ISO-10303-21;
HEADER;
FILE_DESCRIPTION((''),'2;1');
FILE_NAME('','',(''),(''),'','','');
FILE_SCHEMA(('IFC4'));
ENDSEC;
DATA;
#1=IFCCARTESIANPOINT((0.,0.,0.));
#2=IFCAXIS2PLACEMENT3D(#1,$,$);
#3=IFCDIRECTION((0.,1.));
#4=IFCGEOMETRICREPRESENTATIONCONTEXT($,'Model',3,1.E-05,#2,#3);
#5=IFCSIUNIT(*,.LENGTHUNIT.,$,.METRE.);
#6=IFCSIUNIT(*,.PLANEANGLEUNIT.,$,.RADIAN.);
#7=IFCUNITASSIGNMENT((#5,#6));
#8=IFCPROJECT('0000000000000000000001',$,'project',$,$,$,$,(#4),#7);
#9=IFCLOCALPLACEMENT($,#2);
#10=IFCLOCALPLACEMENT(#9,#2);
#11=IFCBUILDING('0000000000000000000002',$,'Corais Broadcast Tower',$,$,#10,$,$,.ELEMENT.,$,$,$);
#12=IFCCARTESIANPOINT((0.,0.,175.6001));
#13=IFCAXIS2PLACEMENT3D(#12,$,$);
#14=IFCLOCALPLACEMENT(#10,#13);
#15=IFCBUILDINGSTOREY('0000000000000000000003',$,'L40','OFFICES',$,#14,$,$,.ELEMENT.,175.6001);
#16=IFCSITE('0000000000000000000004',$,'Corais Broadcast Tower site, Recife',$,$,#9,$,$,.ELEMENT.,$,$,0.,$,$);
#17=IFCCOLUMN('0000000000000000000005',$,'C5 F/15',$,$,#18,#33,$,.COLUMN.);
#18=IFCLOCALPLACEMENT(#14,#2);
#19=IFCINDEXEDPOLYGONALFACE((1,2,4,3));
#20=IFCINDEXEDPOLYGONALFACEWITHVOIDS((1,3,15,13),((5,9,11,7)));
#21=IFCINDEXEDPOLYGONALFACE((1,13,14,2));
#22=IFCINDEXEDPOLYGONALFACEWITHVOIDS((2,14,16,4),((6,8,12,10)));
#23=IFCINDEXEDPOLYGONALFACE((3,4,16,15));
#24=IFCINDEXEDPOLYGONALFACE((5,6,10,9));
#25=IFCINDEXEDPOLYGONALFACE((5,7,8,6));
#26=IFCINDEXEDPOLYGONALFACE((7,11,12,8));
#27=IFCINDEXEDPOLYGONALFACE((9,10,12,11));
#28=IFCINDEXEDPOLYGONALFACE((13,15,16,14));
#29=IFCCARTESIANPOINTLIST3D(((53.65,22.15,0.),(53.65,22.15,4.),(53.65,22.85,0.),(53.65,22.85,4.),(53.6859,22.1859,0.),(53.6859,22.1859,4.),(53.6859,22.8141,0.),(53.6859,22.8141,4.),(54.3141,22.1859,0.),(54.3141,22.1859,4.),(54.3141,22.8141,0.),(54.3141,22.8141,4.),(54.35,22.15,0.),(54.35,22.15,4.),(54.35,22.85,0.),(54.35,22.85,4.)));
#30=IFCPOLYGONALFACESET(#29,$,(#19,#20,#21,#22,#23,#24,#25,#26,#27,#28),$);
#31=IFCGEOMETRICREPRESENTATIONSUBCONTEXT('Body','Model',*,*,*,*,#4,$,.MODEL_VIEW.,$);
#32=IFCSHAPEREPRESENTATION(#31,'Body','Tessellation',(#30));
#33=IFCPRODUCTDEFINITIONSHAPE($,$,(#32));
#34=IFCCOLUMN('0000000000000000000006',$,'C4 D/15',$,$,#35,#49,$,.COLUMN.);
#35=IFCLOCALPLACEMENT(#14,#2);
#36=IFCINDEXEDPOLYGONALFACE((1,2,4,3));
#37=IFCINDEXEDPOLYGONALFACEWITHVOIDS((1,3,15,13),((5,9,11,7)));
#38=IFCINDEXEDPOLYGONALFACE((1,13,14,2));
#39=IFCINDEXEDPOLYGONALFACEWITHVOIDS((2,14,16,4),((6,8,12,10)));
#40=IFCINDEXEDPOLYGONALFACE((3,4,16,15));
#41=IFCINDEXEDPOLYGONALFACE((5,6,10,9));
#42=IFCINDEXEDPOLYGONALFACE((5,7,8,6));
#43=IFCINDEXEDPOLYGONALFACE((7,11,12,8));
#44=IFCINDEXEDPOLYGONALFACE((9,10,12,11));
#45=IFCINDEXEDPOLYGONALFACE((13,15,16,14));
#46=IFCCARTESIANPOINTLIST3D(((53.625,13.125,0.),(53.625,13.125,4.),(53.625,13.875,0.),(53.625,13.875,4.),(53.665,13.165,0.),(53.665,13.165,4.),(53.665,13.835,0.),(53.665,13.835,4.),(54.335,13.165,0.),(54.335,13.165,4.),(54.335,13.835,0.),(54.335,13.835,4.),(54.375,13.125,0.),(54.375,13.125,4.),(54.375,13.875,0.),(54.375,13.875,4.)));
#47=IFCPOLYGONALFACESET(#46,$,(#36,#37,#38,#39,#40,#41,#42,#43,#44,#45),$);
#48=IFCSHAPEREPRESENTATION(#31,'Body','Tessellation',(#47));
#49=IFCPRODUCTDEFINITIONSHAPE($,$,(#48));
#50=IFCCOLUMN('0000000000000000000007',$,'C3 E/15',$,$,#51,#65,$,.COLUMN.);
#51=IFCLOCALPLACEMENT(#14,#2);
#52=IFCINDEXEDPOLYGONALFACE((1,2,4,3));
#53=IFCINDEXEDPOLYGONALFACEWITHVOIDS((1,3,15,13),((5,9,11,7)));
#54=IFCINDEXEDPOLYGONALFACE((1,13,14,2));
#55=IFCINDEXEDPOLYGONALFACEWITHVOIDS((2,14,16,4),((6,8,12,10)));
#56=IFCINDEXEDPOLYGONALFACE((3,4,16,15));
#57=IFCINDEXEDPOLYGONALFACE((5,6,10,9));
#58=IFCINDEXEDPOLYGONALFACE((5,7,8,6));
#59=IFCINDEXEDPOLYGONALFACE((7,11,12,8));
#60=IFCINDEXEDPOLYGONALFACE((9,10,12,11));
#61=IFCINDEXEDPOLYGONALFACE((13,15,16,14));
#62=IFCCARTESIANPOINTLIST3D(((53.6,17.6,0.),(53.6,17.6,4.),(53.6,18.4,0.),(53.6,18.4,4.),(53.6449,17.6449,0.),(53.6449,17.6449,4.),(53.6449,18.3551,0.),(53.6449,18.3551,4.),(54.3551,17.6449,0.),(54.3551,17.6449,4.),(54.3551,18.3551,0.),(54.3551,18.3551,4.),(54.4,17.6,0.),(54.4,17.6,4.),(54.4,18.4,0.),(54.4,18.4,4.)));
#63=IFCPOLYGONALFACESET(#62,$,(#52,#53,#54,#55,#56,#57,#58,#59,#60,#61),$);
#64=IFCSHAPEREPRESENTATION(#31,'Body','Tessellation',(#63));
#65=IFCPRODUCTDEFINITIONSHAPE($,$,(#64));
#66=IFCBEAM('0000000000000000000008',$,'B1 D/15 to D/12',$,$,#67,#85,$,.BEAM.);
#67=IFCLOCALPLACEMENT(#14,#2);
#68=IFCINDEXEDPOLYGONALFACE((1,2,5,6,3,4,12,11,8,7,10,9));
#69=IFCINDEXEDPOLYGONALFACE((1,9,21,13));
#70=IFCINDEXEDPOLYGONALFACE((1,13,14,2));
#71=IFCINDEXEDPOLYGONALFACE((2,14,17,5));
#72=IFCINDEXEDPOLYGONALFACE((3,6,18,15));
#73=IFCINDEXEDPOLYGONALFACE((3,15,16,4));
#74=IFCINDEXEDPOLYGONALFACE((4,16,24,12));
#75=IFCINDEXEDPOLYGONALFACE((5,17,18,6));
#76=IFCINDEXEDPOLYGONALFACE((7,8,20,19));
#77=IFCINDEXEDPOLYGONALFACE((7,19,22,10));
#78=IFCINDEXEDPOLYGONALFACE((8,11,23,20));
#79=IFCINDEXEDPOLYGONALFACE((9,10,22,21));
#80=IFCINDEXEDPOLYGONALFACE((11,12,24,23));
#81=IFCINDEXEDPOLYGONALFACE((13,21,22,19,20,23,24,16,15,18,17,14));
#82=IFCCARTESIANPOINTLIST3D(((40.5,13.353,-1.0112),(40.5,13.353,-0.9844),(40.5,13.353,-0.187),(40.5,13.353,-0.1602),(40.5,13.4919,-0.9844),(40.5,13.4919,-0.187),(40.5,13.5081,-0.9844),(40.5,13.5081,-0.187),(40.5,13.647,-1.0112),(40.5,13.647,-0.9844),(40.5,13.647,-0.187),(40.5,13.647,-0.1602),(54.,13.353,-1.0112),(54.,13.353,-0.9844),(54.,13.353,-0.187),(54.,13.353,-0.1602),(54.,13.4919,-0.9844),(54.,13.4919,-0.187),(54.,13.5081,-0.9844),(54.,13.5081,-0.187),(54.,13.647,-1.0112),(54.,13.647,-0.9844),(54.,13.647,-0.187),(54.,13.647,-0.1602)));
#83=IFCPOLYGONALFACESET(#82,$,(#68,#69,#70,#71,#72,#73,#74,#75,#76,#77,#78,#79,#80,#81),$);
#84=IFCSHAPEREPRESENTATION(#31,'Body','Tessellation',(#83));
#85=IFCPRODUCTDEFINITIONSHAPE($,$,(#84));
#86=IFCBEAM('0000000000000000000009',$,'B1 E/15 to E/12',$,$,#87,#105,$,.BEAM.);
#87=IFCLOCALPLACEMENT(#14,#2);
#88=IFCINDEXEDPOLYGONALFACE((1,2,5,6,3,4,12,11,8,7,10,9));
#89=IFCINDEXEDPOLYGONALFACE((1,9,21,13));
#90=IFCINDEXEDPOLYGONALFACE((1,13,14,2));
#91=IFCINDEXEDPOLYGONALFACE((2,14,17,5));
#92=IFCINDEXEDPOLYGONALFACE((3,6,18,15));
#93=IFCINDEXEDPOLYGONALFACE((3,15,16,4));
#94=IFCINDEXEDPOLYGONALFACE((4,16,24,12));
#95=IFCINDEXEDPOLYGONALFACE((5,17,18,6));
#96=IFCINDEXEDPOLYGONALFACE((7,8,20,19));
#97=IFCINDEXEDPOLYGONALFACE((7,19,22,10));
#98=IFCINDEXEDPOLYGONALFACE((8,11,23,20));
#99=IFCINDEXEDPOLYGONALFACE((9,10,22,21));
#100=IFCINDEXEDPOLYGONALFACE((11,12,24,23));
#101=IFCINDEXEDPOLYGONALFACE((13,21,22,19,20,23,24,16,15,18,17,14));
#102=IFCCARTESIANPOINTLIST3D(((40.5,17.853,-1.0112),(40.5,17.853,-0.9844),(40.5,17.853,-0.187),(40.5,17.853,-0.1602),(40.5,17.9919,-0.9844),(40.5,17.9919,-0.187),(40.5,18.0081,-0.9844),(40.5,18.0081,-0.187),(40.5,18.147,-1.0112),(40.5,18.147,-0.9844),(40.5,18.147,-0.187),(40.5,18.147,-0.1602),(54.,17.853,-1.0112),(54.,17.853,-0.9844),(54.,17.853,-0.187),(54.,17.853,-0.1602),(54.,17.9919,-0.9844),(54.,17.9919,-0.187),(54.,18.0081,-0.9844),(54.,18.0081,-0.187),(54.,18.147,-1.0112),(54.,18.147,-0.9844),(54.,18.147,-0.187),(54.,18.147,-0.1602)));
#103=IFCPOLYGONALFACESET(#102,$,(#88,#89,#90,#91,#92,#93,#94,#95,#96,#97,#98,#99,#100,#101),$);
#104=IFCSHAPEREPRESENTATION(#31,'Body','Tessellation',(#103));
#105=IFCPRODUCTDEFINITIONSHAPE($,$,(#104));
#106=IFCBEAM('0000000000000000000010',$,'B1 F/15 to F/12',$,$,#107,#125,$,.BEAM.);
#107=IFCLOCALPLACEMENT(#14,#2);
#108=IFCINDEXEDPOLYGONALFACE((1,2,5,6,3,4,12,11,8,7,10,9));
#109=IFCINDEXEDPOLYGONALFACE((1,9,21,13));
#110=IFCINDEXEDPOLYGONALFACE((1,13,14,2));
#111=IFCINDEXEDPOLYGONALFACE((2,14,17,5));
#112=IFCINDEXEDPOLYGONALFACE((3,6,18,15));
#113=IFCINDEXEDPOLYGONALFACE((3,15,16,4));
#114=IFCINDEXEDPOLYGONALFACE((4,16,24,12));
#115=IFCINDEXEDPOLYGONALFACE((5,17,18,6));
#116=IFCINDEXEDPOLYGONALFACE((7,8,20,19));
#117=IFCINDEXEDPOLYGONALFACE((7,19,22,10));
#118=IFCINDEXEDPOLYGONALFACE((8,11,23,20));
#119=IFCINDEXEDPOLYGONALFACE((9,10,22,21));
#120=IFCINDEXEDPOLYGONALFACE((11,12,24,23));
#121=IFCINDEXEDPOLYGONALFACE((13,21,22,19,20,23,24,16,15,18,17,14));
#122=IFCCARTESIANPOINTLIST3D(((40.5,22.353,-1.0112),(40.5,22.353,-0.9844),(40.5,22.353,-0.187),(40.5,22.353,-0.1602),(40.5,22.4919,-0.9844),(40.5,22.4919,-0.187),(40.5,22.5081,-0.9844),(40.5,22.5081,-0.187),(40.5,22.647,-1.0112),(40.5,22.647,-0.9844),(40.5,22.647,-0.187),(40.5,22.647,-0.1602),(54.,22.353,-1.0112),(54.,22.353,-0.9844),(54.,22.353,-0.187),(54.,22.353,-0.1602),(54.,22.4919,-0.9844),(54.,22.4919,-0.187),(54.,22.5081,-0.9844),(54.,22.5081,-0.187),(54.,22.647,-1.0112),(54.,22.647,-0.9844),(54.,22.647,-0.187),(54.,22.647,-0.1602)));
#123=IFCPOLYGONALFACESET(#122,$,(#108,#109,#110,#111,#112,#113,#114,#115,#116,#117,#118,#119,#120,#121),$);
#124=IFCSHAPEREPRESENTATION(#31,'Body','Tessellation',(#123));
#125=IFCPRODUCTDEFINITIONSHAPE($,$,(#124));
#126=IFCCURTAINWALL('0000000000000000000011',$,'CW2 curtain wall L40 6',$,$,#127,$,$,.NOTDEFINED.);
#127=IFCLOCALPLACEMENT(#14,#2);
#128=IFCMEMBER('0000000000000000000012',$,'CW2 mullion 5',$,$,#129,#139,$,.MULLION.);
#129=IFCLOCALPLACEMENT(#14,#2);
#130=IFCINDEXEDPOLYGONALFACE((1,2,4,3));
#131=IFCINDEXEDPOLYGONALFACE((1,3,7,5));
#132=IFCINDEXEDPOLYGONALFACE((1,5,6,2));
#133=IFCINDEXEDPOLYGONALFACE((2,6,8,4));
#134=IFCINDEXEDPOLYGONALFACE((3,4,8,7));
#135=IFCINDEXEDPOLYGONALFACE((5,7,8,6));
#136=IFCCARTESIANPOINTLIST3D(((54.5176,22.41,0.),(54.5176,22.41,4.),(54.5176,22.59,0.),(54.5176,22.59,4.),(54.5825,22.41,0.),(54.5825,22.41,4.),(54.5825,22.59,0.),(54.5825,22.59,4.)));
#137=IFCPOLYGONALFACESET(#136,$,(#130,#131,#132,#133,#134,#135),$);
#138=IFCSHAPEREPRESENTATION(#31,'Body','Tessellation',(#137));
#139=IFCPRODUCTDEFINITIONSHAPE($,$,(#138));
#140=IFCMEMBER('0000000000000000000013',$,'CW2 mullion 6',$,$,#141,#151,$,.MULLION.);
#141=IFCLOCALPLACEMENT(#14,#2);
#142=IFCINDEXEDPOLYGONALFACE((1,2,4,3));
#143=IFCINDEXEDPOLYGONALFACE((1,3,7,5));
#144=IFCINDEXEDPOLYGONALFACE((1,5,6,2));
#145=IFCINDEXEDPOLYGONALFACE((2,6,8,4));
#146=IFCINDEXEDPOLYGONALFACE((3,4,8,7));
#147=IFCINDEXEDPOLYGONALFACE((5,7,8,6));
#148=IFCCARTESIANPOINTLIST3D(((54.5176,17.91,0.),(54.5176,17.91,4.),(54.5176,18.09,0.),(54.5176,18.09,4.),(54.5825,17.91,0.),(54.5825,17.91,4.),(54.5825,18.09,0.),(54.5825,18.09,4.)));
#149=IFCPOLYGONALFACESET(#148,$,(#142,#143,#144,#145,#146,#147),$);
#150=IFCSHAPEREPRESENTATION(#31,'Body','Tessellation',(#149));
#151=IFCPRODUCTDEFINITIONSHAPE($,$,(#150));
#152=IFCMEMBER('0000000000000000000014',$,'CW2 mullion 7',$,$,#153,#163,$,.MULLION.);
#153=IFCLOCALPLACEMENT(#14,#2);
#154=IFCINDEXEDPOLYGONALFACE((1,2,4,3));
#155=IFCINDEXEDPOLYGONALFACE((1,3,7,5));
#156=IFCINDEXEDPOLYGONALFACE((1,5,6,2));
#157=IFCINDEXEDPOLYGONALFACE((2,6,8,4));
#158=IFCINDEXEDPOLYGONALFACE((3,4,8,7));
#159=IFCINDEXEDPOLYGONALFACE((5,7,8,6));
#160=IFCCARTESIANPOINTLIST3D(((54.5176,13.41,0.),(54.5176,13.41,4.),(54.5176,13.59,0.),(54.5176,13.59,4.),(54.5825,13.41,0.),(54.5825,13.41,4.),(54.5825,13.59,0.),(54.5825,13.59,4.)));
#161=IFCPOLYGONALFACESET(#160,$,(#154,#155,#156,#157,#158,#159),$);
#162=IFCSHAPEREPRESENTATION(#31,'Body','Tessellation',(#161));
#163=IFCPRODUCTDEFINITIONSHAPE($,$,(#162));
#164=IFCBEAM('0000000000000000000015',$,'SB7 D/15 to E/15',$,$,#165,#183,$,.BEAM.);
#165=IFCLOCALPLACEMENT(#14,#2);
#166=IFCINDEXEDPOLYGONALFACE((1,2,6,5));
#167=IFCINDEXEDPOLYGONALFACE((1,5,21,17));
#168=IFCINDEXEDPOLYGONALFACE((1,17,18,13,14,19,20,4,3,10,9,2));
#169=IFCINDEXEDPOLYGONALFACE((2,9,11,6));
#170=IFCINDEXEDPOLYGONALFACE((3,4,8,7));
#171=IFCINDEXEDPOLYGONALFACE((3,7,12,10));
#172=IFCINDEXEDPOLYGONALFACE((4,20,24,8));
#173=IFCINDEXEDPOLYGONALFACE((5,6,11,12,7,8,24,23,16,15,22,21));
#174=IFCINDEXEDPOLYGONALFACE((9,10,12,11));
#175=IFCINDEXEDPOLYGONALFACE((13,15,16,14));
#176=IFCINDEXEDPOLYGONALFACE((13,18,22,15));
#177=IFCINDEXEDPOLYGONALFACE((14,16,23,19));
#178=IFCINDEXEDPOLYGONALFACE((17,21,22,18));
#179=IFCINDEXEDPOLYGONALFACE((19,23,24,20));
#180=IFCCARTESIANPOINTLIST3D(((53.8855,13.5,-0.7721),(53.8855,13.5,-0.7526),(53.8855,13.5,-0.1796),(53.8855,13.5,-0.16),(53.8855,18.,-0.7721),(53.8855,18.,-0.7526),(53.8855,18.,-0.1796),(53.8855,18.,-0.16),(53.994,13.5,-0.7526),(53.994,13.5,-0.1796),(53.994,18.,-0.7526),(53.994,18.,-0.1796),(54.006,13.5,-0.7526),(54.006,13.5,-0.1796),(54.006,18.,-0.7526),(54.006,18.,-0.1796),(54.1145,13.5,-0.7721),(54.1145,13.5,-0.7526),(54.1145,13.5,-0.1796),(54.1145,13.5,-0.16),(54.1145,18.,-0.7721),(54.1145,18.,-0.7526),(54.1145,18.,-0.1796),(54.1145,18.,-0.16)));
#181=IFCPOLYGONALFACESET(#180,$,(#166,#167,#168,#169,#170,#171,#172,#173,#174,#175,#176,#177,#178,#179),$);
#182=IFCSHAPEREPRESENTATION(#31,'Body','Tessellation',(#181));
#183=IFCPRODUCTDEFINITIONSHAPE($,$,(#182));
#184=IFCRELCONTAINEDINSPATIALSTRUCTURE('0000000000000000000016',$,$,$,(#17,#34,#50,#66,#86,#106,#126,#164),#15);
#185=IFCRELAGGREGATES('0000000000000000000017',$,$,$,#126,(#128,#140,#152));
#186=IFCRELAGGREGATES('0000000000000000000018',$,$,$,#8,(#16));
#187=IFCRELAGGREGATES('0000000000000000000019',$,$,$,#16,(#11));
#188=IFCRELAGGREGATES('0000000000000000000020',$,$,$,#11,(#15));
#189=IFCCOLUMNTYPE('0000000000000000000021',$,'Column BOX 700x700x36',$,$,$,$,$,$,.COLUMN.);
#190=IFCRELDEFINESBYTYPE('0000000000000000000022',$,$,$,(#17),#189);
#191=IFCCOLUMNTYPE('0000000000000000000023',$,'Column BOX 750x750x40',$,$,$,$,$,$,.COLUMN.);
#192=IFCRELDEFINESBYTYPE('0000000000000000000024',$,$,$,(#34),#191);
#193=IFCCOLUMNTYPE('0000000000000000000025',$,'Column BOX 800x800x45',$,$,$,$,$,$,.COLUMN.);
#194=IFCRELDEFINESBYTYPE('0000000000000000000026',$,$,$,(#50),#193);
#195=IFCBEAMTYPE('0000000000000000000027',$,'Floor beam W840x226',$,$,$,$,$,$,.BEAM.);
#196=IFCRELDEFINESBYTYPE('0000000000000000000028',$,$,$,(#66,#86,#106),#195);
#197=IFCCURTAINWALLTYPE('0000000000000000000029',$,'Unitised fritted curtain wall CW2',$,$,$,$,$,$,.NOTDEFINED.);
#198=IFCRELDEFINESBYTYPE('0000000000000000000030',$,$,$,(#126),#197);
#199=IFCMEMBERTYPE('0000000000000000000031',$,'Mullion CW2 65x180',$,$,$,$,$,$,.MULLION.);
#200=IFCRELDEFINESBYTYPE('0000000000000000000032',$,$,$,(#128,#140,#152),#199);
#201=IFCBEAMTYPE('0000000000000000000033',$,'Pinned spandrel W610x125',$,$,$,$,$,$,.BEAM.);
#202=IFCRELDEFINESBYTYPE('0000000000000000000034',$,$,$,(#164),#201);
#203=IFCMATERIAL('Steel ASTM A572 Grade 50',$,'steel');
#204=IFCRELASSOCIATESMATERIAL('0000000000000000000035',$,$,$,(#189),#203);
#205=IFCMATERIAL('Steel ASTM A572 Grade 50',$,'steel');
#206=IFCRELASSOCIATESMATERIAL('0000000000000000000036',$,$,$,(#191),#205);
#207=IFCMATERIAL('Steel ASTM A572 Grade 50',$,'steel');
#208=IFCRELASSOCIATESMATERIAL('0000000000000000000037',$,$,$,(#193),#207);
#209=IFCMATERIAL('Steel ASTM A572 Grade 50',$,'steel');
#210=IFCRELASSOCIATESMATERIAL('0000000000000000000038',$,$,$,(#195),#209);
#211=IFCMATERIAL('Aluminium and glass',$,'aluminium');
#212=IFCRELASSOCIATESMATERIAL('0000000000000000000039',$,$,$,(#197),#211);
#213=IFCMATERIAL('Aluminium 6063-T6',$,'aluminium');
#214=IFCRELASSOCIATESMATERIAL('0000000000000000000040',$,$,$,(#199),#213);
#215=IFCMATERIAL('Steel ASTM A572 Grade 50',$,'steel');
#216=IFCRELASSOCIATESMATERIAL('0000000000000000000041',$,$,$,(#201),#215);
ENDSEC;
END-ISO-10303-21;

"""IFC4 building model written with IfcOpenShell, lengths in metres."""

from ifc_helpers import new_model, si_unit, direction, frame, origin, origin_2d, place, context, subcontext, project, spatial, rectangle, hollow_rectangle, i_section, extrude, material, material_profile, profile_set, type_object, element, aggregate, save


model = new_model("IFC4")

# Units and contexts
model_context = context("Model", 3, precision=1e-05, world=origin(), true_north=direction((0.0, 1.0)))
body_context = subcontext(model_context, "Body", "Model", "MODEL_VIEW")
ifc_project = project(units=[si_unit("LENGTHUNIT", "METRE"), si_unit("PLANEANGLEUNIT", "RADIAN")], contexts=[model_context])

# Site, building, storey
site_placement = place(None, origin())
site = spatial("IfcSite", under=ifc_project, at=site_placement, Name="Corais Broadcast Tower site, Recife", CompositionType="ELEMENT", RefElevation=0.0)
building_placement = place(site_placement, origin())
building = spatial("IfcBuilding", under=site, at=building_placement, Name="Corais Broadcast Tower", CompositionType="ELEMENT")
storey_placement = place(building_placement, frame((0.0, 0.0, 175.6001)))
storey = spatial("IfcBuildingStorey", under=building, at=storey_placement, Name="L40", Description="OFFICES", CompositionType="ELEMENT", Elevation=175.6001)

# Columns
ifc_material_1 = material(Name="Steel ASTM A572 Grade 50", Category="steel")
ifc_material_profile_1 = material_profile(ifc_material_1, hollow_rectangle(XDim=0.7, YDim=0.7, WallThickness=0.0359, at=origin_2d()), Name="BOX 700x700x36")
ifc_profile_set_1 = profile_set([ifc_material_profile_1], Name="Steel ASTM A572 Grade 50")
column_type_1 = type_object("IfcColumnType", Name="Column BOX 700x700x36", PredefinedType="COLUMN", material=ifc_profile_set_1)
column_1_placement = place(storey_placement, frame((54.0, 22.5, 0.0), z_axis=(0.0, 0.0, 1.0), x_axis=(1.0, 0.0, 0.0)))
element("IfcColumn", 1, at=column_1_placement, inside=storey, type_object=column_type_1, Name="C5 F/15", PredefinedType="COLUMN", context=body_context, shape_type="SweptSolid", body=[
    extrude(hollow_rectangle(XDim=0.7, YDim=0.7, WallThickness=0.0359, at=origin_2d()), origin(), (0.0, 0.0, 1.0), 4.0),
])
ifc_material_2 = material(Name="Steel ASTM A572 Grade 50", Category="steel")
ifc_material_profile_2 = material_profile(ifc_material_2, hollow_rectangle(XDim=0.75, YDim=0.75, WallThickness=0.04, at=origin_2d()), Name="BOX 750x750x40")
ifc_profile_set_2 = profile_set([ifc_material_profile_2], Name="Steel ASTM A572 Grade 50")
column_type_2 = type_object("IfcColumnType", Name="Column BOX 750x750x40", PredefinedType="COLUMN", material=ifc_profile_set_2)
column_2_placement = place(storey_placement, frame((54.0, 13.5, 0.0), z_axis=(0.0, 0.0, 1.0), x_axis=(1.0, 0.0, 0.0)))
element("IfcColumn", 2, at=column_2_placement, inside=storey, type_object=column_type_2, Name="C4 D/15", PredefinedType="COLUMN", context=body_context, shape_type="SweptSolid", body=[
    extrude(hollow_rectangle(XDim=0.75, YDim=0.75, WallThickness=0.04, at=origin_2d()), origin(), (0.0, 0.0, 1.0), 4.0),
])
ifc_material_3 = material(Name="Steel ASTM A572 Grade 50", Category="steel")
ifc_material_profile_3 = material_profile(ifc_material_3, hollow_rectangle(XDim=0.8, YDim=0.8, WallThickness=0.0449, at=origin_2d()), Name="BOX 800x800x45")
ifc_profile_set_3 = profile_set([ifc_material_profile_3], Name="Steel ASTM A572 Grade 50")
column_type_3 = type_object("IfcColumnType", Name="Column BOX 800x800x45", PredefinedType="COLUMN", material=ifc_profile_set_3)
column_3_placement = place(storey_placement, frame((54.0, 18.0, 0.0), z_axis=(0.0, 0.0, 1.0), x_axis=(1.0, 0.0, 0.0)))
element("IfcColumn", 3, at=column_3_placement, inside=storey, type_object=column_type_3, Name="C3 E/15", PredefinedType="COLUMN", context=body_context, shape_type="SweptSolid", body=[
    extrude(hollow_rectangle(XDim=0.8, YDim=0.8, WallThickness=0.0449, at=origin_2d()), origin(), (0.0, 0.0, 1.0), 4.0),
])

# Beams
ifc_material_4 = material(Name="Steel ASTM A572 Grade 50", Category="steel")
ifc_material_profile_4 = material_profile(ifc_material_4, i_section(OverallWidth=0.2939, OverallDepth=0.8511, WebThickness=0.0161, FlangeThickness=0.0269, at=origin_2d()), Name="W840x226")
ifc_profile_set_4 = profile_set([ifc_material_profile_4], Name="Steel ASTM A572 Grade 50")
beam_type_1 = type_object("IfcBeamType", Name="Floor beam W840x226", PredefinedType="BEAM", material=ifc_profile_set_4)
for number, where, z_axis, x_axis, name in (
    (4, (54.0, 13.5, -0.5857), (-1.0, 0.0, 0.0), (0.0, -1.0, 0.0), "B1 D/15 to D/12"),
    (5, (54.0, 18.0, -0.5857), (-1.0, 0.0, 0.0), (0.0, -1.0, 0.0), "B1 E/15 to E/12"),
    (6, (54.0, 22.5, -0.5857), (-1.0, 0.0, 0.0), (0.0, -1.0, 0.0), "B1 F/15 to F/12"),
):
    element("IfcBeam", number, at=place(storey_placement, frame(where, z_axis=z_axis, x_axis=x_axis)), inside=storey, type_object=beam_type_1, Name=name, PredefinedType="BEAM", context=body_context, shape_type="SweptSolid", body=[
        extrude(i_section(OverallWidth=0.2939, OverallDepth=0.8511, WebThickness=0.0161, FlangeThickness=0.0269, at=origin_2d()), origin(), (0.0, 0.0, 1.0), 13.5),
    ])

# Curtain wall, members
ifc_material_5 = material(Name="Aluminium and glass", Category="aluminium")
curtain_wall_type = type_object("IfcCurtainWallType", Name="Unitised fritted curtain wall CW2", PredefinedType="NOTDEFINED", material=ifc_material_5)
curtain_wall_placement = place(storey_placement, origin())
curtain_wall = element("IfcCurtainWall", 7, at=curtain_wall_placement, inside=storey, type_object=curtain_wall_type, Name="CW2 curtain wall L40 6", PredefinedType="NOTDEFINED")
ifc_material_6 = material(Name="Aluminium 6063-T6", Category="aluminium")
ifc_material_profile_5 = material_profile(ifc_material_6, rectangle(XDim=0.0649, YDim=0.1799, at=origin_2d()), Name="Mullion CW2 65x180")
ifc_profile_set_5 = profile_set([ifc_material_profile_5], Name="Aluminium 6063-T6")
member_type_1 = type_object("IfcMemberType", Name="Mullion CW2 65x180", PredefinedType="MULLION", material=ifc_profile_set_5)
member_1_placement = place(storey_placement, frame((54.55, 22.5, 0.0), z_axis=(0.0, 0.0, 1.0), x_axis=(1.0, 0.0, 0.0)))
member_1 = element("IfcMember", 8, at=member_1_placement, type_object=member_type_1, Name="CW2 mullion 5", PredefinedType="MULLION", context=body_context, shape_type="SweptSolid", body=[
    extrude(rectangle(XDim=0.0649, YDim=0.1799, at=origin_2d()), origin(), (0.0, 0.0, 1.0), 4.0),
])
member_2_placement = place(storey_placement, frame((54.55, 18.0, 0.0), z_axis=(0.0, 0.0, 1.0), x_axis=(1.0, 0.0, 0.0)))
member_2 = element("IfcMember", 9, at=member_2_placement, type_object=member_type_1, Name="CW2 mullion 6", PredefinedType="MULLION", context=body_context, shape_type="SweptSolid", body=[
    extrude(rectangle(XDim=0.0649, YDim=0.1799, at=origin_2d()), origin(), (0.0, 0.0, 1.0), 4.0),
])
member_3_placement = place(storey_placement, frame((54.55, 13.5, 0.0), z_axis=(0.0, 0.0, 1.0), x_axis=(1.0, 0.0, 0.0)))
member_3 = element("IfcMember", 10, at=member_3_placement, type_object=member_type_1, Name="CW2 mullion 7", PredefinedType="MULLION", context=body_context, shape_type="SweptSolid", body=[
    extrude(rectangle(XDim=0.0649, YDim=0.1799, at=origin_2d()), origin(), (0.0, 0.0, 1.0), 4.0),
])

# Beam
ifc_material_7 = material(Name="Steel ASTM A572 Grade 50", Category="steel")
ifc_material_profile_6 = material_profile(ifc_material_7, i_section(OverallWidth=0.229, OverallDepth=0.6121, WebThickness=0.012, FlangeThickness=0.0195, at=origin_2d()), Name="W610x125")
ifc_profile_set_6 = profile_set([ifc_material_profile_6], Name="Steel ASTM A572 Grade 50")
beam_type_2 = type_object("IfcBeamType", Name="Pinned spandrel W610x125", PredefinedType="BEAM", material=ifc_profile_set_6)
beam_placement = place(storey_placement, frame((54.0, 13.5, -0.4661), z_axis=(0.0, 1.0, 0.0), x_axis=(-1.0, 0.0, 0.0)))
element("IfcBeam", 11, at=beam_placement, inside=storey, type_object=beam_type_2, Name="SB7 D/15 to E/15", PredefinedType="BEAM", context=body_context, shape_type="SweptSolid", body=[
    extrude(i_section(OverallWidth=0.229, OverallDepth=0.6121, WebThickness=0.012, FlangeThickness=0.0195, at=origin_2d()), origin(), (0.0, 0.0, 1.0), 4.5),
])

aggregate(curtain_wall, [member_1, member_2, member_3])

save(model, "model.ifc")
